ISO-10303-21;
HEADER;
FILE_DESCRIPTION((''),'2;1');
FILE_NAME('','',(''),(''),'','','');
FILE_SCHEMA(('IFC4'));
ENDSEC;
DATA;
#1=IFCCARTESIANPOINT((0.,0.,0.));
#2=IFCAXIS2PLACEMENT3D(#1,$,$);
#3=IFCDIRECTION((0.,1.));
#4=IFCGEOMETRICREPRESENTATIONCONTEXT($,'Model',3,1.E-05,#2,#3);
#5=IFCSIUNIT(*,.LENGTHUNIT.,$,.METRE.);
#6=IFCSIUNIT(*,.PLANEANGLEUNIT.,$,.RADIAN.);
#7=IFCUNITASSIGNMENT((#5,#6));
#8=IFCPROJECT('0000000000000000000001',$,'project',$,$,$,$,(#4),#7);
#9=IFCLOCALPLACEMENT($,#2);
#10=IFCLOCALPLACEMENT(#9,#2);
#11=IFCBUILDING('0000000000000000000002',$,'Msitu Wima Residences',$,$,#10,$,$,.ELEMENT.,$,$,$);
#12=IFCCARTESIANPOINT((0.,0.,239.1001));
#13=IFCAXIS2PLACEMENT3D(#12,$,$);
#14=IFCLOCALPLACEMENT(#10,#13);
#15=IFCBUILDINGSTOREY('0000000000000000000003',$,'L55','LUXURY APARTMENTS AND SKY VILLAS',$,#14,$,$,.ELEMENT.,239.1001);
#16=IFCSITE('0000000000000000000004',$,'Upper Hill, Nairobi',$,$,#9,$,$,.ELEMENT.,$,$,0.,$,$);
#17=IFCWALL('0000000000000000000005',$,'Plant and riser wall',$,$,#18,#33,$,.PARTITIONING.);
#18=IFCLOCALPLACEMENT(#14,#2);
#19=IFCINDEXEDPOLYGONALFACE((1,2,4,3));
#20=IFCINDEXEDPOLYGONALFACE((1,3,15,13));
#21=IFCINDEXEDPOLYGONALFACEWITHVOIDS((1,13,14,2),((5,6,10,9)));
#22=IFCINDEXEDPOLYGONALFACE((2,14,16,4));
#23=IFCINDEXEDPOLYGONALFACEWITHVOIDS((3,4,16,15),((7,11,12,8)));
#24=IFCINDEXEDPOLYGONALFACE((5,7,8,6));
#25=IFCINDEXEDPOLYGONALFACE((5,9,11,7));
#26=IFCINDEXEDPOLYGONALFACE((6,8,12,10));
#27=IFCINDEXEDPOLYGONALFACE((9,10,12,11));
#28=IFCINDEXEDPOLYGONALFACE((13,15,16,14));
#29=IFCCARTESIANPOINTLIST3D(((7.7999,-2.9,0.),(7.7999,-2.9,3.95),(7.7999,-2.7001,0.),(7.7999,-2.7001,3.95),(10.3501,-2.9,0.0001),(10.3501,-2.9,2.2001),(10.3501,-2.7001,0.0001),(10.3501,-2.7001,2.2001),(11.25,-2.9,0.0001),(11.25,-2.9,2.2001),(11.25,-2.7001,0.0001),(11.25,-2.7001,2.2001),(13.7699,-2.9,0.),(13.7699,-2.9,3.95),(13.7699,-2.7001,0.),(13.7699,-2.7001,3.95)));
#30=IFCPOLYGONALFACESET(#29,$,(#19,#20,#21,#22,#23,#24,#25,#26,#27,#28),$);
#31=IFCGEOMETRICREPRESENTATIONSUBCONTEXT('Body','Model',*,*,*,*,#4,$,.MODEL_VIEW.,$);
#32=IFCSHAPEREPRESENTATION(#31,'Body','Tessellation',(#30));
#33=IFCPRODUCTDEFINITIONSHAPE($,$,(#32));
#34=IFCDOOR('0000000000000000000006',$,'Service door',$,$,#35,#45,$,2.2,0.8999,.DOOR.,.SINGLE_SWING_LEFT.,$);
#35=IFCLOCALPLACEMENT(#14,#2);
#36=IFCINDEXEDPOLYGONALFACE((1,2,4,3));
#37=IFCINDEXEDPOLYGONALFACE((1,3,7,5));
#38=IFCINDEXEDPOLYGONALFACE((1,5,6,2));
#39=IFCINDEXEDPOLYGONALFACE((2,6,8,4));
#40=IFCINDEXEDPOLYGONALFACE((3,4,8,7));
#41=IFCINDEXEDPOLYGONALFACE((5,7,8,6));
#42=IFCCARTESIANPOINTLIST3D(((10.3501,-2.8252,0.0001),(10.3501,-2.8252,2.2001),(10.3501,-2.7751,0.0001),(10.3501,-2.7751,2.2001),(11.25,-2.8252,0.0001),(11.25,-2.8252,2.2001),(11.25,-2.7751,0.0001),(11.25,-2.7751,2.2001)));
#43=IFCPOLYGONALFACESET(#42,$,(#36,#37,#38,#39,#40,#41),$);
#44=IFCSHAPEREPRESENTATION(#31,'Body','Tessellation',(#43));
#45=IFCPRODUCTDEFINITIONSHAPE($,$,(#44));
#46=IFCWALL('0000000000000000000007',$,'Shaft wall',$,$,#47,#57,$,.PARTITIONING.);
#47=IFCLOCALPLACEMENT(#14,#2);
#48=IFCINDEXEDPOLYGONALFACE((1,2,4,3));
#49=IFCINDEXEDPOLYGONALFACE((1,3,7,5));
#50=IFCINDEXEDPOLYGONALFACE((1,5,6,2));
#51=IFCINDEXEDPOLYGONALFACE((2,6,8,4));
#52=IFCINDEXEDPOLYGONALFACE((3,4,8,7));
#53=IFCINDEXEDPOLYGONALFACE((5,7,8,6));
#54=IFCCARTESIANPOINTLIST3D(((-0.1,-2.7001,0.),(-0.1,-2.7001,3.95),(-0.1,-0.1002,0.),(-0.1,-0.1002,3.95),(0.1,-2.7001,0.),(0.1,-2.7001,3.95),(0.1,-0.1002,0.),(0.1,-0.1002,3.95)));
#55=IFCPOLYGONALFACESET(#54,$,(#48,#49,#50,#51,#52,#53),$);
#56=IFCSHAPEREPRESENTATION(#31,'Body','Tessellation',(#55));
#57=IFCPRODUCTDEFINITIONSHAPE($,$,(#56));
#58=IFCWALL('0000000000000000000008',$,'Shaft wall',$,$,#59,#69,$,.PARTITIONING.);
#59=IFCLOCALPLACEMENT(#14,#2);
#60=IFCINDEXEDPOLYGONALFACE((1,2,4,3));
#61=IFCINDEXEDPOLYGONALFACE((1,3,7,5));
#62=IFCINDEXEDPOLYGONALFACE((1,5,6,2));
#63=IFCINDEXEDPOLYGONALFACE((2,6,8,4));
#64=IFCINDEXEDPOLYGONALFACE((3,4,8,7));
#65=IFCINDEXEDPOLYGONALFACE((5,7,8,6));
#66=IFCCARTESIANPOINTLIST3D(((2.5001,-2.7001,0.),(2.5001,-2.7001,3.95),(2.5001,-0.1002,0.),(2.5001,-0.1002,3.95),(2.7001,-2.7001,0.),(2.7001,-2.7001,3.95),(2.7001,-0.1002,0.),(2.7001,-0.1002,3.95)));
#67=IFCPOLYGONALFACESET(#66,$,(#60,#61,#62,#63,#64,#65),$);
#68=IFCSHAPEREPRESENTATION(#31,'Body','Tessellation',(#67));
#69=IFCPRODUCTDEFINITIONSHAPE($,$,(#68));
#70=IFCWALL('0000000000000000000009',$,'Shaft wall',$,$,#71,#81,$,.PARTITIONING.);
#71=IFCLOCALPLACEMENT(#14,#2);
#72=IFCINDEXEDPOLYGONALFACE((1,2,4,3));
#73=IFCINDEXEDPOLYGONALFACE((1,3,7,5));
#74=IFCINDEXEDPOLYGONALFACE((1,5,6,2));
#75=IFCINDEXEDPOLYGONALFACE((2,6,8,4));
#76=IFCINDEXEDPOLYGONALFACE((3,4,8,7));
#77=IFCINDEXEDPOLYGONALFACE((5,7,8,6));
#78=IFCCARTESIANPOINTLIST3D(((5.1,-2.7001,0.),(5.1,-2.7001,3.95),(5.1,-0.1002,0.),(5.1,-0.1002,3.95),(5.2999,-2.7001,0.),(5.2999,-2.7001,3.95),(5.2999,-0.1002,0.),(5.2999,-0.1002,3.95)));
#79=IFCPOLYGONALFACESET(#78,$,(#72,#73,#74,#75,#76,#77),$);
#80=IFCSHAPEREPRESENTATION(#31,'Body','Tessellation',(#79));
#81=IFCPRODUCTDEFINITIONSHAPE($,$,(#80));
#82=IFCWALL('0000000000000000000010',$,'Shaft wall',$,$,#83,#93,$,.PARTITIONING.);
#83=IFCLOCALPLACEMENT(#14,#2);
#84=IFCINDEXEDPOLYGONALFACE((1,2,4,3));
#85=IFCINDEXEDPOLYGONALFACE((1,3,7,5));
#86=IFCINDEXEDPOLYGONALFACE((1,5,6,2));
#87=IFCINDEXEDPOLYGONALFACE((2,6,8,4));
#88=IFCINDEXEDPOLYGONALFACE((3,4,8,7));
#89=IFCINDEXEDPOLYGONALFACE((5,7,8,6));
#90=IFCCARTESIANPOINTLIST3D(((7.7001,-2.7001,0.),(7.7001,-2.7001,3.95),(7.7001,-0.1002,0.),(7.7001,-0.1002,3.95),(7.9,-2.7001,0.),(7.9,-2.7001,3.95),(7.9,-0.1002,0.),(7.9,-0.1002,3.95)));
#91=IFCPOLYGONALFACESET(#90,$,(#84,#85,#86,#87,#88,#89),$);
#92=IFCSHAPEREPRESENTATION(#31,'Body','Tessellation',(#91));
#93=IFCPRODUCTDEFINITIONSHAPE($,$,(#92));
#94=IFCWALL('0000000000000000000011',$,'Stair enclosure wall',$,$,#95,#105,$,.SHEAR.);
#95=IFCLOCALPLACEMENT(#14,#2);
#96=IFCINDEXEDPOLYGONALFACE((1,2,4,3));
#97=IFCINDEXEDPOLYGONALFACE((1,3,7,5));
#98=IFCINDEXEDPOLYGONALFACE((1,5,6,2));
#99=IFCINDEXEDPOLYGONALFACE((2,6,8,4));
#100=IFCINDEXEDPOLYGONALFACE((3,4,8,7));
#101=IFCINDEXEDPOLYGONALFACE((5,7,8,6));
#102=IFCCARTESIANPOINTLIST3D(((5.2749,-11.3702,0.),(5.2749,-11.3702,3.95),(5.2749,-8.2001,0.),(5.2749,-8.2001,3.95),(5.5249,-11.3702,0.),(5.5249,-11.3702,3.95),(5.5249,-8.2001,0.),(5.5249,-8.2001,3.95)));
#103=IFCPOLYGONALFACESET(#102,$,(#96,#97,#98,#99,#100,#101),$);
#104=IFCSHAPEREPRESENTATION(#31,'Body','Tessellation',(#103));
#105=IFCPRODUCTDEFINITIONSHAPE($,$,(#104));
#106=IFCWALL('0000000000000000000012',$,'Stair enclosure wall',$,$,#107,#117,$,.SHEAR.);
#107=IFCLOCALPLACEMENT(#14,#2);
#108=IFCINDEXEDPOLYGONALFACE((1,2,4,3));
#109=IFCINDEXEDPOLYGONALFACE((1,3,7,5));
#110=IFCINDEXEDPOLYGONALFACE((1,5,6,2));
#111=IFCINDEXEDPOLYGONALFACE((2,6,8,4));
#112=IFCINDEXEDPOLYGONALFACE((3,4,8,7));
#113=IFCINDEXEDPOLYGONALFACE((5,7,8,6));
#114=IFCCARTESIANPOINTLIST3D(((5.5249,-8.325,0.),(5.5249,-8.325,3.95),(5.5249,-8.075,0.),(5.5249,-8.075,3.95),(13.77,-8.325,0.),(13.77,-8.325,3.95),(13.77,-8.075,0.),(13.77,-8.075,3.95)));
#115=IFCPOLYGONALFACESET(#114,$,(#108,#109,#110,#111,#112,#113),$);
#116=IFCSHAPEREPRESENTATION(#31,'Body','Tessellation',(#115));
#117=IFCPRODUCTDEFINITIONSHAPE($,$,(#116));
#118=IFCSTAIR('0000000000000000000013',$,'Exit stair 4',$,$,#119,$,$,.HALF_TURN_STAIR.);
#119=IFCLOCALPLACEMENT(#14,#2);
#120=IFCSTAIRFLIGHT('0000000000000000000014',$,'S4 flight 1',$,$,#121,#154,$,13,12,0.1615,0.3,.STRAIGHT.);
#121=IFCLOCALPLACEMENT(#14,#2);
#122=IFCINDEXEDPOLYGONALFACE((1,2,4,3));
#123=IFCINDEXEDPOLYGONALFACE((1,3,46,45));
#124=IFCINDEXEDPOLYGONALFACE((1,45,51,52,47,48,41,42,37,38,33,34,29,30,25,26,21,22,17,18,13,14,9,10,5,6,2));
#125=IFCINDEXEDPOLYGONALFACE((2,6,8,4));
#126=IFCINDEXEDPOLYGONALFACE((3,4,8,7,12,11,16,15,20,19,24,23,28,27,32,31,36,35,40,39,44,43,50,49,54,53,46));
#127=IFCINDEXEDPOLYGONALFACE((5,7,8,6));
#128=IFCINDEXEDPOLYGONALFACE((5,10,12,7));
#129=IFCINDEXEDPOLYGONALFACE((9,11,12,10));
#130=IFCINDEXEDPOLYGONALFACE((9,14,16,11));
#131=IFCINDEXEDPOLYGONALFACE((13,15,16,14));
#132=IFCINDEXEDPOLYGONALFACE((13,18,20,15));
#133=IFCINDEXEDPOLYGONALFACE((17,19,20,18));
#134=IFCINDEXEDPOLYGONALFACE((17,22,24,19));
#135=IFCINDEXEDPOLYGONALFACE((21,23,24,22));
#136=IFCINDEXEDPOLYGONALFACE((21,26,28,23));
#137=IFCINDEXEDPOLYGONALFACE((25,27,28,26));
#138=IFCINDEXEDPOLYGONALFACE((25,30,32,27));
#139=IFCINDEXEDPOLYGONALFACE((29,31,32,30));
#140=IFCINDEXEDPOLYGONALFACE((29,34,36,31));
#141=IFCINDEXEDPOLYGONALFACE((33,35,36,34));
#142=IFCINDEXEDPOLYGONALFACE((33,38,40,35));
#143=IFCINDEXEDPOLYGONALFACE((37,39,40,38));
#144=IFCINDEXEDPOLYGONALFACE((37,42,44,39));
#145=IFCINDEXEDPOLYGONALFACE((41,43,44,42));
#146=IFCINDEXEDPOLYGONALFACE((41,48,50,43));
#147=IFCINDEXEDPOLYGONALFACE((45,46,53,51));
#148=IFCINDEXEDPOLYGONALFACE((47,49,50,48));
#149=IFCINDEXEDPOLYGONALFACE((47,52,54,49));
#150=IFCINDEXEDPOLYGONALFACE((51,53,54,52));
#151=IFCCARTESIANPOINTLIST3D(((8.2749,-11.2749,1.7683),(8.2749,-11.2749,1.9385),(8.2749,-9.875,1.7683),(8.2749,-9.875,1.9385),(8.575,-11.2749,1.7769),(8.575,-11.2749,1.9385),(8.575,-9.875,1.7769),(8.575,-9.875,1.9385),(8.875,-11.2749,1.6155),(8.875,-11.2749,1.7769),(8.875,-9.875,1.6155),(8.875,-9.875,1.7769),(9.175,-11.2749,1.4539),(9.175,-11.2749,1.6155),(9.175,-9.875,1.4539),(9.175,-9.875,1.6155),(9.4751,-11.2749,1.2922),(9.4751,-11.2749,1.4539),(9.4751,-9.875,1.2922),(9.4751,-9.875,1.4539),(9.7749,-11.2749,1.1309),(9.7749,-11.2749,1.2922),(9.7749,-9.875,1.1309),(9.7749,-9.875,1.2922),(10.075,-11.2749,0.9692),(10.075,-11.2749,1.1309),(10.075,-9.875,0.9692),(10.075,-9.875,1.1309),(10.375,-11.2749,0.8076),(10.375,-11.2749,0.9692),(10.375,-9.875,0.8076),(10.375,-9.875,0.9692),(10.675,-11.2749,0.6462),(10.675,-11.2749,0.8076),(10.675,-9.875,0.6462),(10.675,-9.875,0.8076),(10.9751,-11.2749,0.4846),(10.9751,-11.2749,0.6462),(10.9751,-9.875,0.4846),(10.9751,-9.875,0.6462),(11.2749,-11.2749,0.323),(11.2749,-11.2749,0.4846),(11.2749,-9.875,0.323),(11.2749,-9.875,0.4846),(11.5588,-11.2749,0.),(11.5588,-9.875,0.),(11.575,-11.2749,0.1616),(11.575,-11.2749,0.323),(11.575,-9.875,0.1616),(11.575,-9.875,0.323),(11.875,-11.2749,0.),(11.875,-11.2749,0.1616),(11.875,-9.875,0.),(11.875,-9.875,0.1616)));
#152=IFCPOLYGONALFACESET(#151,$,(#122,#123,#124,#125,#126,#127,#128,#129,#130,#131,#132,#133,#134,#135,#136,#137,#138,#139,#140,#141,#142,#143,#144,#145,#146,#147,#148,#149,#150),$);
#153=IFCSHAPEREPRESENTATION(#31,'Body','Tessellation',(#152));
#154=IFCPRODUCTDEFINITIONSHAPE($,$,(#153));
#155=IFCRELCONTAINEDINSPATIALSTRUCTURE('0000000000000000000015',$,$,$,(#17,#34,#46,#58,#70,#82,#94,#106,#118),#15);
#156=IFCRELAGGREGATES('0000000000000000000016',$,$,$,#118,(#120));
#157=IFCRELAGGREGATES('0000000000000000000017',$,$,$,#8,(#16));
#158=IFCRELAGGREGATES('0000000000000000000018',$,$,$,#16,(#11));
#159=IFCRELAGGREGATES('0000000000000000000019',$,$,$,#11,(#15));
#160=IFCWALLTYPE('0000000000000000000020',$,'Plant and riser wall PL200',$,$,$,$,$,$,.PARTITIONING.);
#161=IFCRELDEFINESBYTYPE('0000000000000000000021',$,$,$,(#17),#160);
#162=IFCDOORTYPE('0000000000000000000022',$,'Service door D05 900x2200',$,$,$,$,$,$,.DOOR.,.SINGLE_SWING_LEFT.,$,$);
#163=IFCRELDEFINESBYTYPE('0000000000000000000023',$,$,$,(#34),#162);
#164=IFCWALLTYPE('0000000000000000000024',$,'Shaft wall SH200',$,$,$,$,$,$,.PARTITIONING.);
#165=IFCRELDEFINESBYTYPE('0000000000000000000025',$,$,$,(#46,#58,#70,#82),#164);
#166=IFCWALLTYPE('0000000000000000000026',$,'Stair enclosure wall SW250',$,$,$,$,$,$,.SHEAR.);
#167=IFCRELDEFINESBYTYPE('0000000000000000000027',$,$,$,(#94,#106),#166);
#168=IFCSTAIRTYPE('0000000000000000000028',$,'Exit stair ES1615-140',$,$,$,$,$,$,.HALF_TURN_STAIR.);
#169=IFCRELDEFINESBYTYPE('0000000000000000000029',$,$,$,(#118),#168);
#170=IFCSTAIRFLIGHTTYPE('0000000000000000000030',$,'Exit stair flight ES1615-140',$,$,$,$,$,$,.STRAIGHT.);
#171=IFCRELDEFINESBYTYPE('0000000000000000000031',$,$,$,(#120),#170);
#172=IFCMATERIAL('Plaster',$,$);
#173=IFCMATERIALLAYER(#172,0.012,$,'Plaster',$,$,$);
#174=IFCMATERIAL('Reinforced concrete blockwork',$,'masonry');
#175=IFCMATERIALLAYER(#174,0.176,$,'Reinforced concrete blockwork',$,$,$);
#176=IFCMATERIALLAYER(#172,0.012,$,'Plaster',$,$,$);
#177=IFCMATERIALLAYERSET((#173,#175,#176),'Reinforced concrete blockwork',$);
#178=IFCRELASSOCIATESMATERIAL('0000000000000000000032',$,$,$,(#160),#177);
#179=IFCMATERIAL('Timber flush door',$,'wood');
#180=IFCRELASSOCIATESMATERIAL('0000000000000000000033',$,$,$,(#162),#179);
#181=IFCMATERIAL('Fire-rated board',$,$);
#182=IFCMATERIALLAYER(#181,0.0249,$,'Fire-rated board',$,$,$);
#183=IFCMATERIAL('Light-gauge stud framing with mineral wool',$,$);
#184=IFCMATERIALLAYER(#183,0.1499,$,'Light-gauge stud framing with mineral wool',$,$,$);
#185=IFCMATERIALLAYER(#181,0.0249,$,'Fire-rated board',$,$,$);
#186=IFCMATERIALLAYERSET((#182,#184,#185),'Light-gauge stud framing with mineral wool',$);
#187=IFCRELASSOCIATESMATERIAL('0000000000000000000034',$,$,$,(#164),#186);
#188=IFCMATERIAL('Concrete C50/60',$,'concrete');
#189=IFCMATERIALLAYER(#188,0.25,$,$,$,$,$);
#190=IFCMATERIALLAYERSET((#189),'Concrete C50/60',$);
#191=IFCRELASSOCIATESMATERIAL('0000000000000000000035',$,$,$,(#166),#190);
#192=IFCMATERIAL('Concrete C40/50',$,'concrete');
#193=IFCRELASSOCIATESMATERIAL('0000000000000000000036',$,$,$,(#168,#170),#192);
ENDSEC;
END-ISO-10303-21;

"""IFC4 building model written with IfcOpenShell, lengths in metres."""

from ifc_helpers import new_model, si_unit, direction, frame, frame_2d, origin, place, context, subcontext, project, spatial, polyline, rectangle, outline, extrude, material, layer, layer_set, type_object, element, fill, aggregate, save


model = new_model("IFC4")

# Units and contexts
model_context = context("Model", 3, precision=1e-05, world=origin(), true_north=direction((0.0, 1.0)))
body_context = subcontext(model_context, "Body", "Model", "MODEL_VIEW")
ifc_project = project(units=[si_unit("LENGTHUNIT", "METRE"), si_unit("PLANEANGLEUNIT", "RADIAN")], contexts=[model_context])

# Site, building, storey
site_placement = place(None, origin())
site = spatial("IfcSite", under=ifc_project, at=site_placement, Name="Upper Hill, Nairobi", CompositionType="ELEMENT", RefElevation=0.0)
building_placement = place(site_placement, origin())
building = spatial("IfcBuilding", under=site, at=building_placement, Name="Msitu Wima Residences", CompositionType="ELEMENT")
storey_placement = place(building_placement, frame((0.0, 0.0, 239.1001)))
storey = spatial("IfcBuildingStorey", under=building, at=storey_placement, Name="L55", Description="LUXURY APARTMENTS AND SKY VILLAS", CompositionType="ELEMENT", Elevation=239.1001)

# Shared definitions
ifc_material_1 = material(Name="Concrete C40/50", Category="concrete")

# Shared definitions
ifc_material_2 = material(Name="Plaster")

# Shared definitions
ifc_layer_1 = layer(ifc_material_2, 0.012, Name="Plaster")
ifc_material_3 = material(Name="Reinforced concrete blockwork", Category="masonry")
ifc_layer_2 = layer(ifc_material_3, 0.176, Name="Reinforced concrete blockwork")
ifc_layer_3 = layer(ifc_material_2, 0.012, Name="Plaster")
ifc_layer_set_1 = layer_set([ifc_layer_1, ifc_layer_2, ifc_layer_3], Name="Reinforced concrete blockwork")
wall_type_1 = type_object("IfcWallType", Name="Plant and riser wall PL200", PredefinedType="PARTITIONING", material=ifc_layer_set_1)
ifc_material_4 = material(Name="Timber flush door", Category="wood")
door_type = type_object("IfcDoorType", Name="Service door D05 900x2200", OperationType="SINGLE_SWING_LEFT", PredefinedType="DOOR", material=ifc_material_4)

# Wall, opening, door
wall_1_placement = place(storey_placement, frame((7.8, -2.8, 0.0), z_axis=(0.0, 0.0, 1.0), x_axis=(1.0, 0.0, 0.0)))
wall_1 = element("IfcWall", 1, at=wall_1_placement, inside=storey, type_object=wall_type_1, Name="Plant and riser wall", PredefinedType="PARTITIONING", context=body_context, shape_type="SweptSolid", body=[
    extrude(rectangle(XDim=5.97, YDim=0.2, at=frame_2d((2.9849, 0.0))), origin(), (0.0, 0.0, 1.0), 3.95),
])
opening_1_placement = place(wall_1_placement, frame((2.55, 0.0, 0.0)))
opening_1 = element("IfcOpeningElement", 2, at=opening_1_placement, cuts=wall_1, PredefinedType="OPENING", context=body_context, shape_type="SweptSolid", body=[
    extrude(rectangle(XDim=0.8999, YDim=2.2, at=frame_2d((0.45, 1.1001))), frame((0.0, 0.1099, 0.0), z_axis=(0.0, -1.0, 0.0), x_axis=(1.0, 0.0, 0.0)), (0.0, 0.0, 1.0), 0.22),
])
door_1_placement = place(opening_1_placement, origin())
door_1 = element("IfcDoor", 3, at=door_1_placement, inside=storey, type_object=door_type, Name="Service door", OperationType="SINGLE_SWING_LEFT", OverallHeight=2.2, OverallWidth=0.8999, PredefinedType="DOOR", context=body_context, shape_type="SweptSolid", body=[
    extrude(rectangle(XDim=0.8999, YDim=2.2, at=frame_2d((0.45, 1.1001))), frame((0.0, 0.0249, 0.0), z_axis=(0.0, -1.0, 0.0), x_axis=(1.0, 0.0, 0.0)), (0.0, 0.0, 1.0), 0.05),
])
fill(opening_1, door_1)

# Walls
ifc_material_5 = material(Name="Fire-rated board")
ifc_layer_4 = layer(ifc_material_5, 0.0249, Name="Fire-rated board")
ifc_material_6 = material(Name="Light-gauge stud framing with mineral wool")
ifc_layer_5 = layer(ifc_material_6, 0.1499, Name="Light-gauge stud framing with mineral wool")
ifc_layer_6 = layer(ifc_material_5, 0.0249, Name="Fire-rated board")
ifc_layer_set_2 = layer_set([ifc_layer_4, ifc_layer_5, ifc_layer_6], Name="Light-gauge stud framing with mineral wool")
wall_type_2 = type_object("IfcWallType", Name="Shaft wall SH200", PredefinedType="PARTITIONING", material=ifc_layer_set_2)
for number, where, z_axis, x_axis, name in (
    (4, (0.0, -2.7, 0.0), (0.0, 0.0, 1.0), (0.0, 1.0, 0.0), "Shaft wall"),
    (5, (2.6001, -2.7, 0.0), (0.0, 0.0, 1.0), (0.0, 1.0, 0.0), "Shaft wall"),
    (6, (5.2, -2.7, 0.0), (0.0, 0.0, 1.0), (0.0, 1.0, 0.0), "Shaft wall"),
    (7, (7.8, -2.7, 0.0), (0.0, 0.0, 1.0), (0.0, 1.0, 0.0), "Shaft wall"),
):
    element("IfcWall", number, at=place(storey_placement, frame(where, z_axis=z_axis, x_axis=x_axis)), inside=storey, type_object=wall_type_2, Name=name, PredefinedType="PARTITIONING", context=body_context, shape_type="SweptSolid", body=[
        extrude(rectangle(XDim=2.5999, YDim=0.2, at=frame_2d((1.2998, 0.0))), origin(), (0.0, 0.0, 1.0), 3.95),
    ])
ifc_material_7 = material(Name="Concrete C50/60", Category="concrete")
ifc_layer_7 = layer(ifc_material_7, 0.25)
ifc_layer_set_3 = layer_set([ifc_layer_7], Name="Concrete C50/60")
wall_type_3 = type_object("IfcWallType", Name="Stair enclosure wall SW250", PredefinedType="SHEAR", material=ifc_layer_set_3)
wall_2_placement = place(storey_placement, frame((5.3999, -11.3701, 0.0), z_axis=(0.0, 0.0, 1.0), x_axis=(0.0, 1.0, 0.0)))
element("IfcWall", 8, at=wall_2_placement, inside=storey, type_object=wall_type_3, Name="Stair enclosure wall", PredefinedType="SHEAR", context=body_context, shape_type="SweptSolid", body=[
    extrude(rectangle(XDim=3.1702, YDim=0.25, at=frame_2d((1.585, 0.0))), origin(), (0.0, 0.0, 1.0), 3.95),
])
wall_3_placement = place(storey_placement, frame((5.5249, -8.2, 0.0), z_axis=(0.0, 0.0, 1.0), x_axis=(1.0, 0.0, 0.0)))
element("IfcWall", 9, at=wall_3_placement, inside=storey, type_object=wall_type_3, Name="Stair enclosure wall", PredefinedType="SHEAR", context=body_context, shape_type="SweptSolid", body=[
    extrude(rectangle(XDim=8.2451, YDim=0.25, at=frame_2d((4.1226, 0.0))), origin(), (0.0, 0.0, 1.0), 3.95),
])

# Stair, stair flight
stair_type = type_object("IfcStairType", Name="Exit stair ES1615-140", PredefinedType="HALF_TURN_STAIR", material=ifc_material_1)
stair_placement = place(storey_placement, origin())
stair = element("IfcStair", 10, at=stair_placement, inside=storey, type_object=stair_type, Name="Exit stair 4", PredefinedType="HALF_TURN_STAIR")
stair_flight_type = type_object("IfcStairFlightType", Name="Exit stair flight ES1615-140", PredefinedType="STRAIGHT", material=ifc_material_1)
stair_flight_1_placement = place(storey_placement, frame((11.875, -10.575, 0.0), z_axis=(0.0, 0.0, 1.0), x_axis=(-1.0, 0.0, 0.0)))
stair_flight_1 = element("IfcStairFlight", 11, at=stair_flight_1_placement, type_object=stair_flight_type, Name="S4 flight 1", NumberOfRisers=13, NumberOfTreads=12, PredefinedType="STRAIGHT", RiserHeight=0.1615, TreadLength=0.3, context=body_context, shape_type="SweptSolid", body=[
    extrude(outline(polyline([(0.0, 0.0), (0.0, 0.1616), (0.3, 0.1616), (0.3, 0.323), (0.6001, 0.323), (0.6001, 0.4846), (0.8999, 0.4846), (0.8999, 0.6462), (1.2, 0.6462), (1.2, 0.8076), (1.5, 0.8076), (1.5, 0.9692), (1.8, 0.9692), (1.8, 1.1309), (2.1001, 1.1309), (2.1001, 1.2922), (2.3999, 1.2922), (2.3999, 1.4539), (2.7, 1.4539), (2.7, 1.6155), (3.0, 1.6155), (3.0, 1.7769), (3.3, 1.7769), (3.3, 1.9385), (3.6001, 1.9385), (3.6001, 2.1001), (3.6001, 1.7683), (0.3162, 0.0), (0.0, 0.0)])), frame((0.0, 0.7, 0.0), z_axis=(0.0, -1.0, 0.0), x_axis=(1.0, 0.0, 0.0)), (0.0, 0.0, 1.0), 1.3999),
])
aggregate(stair, [stair_flight_1])

save(model, "model.ifc")
